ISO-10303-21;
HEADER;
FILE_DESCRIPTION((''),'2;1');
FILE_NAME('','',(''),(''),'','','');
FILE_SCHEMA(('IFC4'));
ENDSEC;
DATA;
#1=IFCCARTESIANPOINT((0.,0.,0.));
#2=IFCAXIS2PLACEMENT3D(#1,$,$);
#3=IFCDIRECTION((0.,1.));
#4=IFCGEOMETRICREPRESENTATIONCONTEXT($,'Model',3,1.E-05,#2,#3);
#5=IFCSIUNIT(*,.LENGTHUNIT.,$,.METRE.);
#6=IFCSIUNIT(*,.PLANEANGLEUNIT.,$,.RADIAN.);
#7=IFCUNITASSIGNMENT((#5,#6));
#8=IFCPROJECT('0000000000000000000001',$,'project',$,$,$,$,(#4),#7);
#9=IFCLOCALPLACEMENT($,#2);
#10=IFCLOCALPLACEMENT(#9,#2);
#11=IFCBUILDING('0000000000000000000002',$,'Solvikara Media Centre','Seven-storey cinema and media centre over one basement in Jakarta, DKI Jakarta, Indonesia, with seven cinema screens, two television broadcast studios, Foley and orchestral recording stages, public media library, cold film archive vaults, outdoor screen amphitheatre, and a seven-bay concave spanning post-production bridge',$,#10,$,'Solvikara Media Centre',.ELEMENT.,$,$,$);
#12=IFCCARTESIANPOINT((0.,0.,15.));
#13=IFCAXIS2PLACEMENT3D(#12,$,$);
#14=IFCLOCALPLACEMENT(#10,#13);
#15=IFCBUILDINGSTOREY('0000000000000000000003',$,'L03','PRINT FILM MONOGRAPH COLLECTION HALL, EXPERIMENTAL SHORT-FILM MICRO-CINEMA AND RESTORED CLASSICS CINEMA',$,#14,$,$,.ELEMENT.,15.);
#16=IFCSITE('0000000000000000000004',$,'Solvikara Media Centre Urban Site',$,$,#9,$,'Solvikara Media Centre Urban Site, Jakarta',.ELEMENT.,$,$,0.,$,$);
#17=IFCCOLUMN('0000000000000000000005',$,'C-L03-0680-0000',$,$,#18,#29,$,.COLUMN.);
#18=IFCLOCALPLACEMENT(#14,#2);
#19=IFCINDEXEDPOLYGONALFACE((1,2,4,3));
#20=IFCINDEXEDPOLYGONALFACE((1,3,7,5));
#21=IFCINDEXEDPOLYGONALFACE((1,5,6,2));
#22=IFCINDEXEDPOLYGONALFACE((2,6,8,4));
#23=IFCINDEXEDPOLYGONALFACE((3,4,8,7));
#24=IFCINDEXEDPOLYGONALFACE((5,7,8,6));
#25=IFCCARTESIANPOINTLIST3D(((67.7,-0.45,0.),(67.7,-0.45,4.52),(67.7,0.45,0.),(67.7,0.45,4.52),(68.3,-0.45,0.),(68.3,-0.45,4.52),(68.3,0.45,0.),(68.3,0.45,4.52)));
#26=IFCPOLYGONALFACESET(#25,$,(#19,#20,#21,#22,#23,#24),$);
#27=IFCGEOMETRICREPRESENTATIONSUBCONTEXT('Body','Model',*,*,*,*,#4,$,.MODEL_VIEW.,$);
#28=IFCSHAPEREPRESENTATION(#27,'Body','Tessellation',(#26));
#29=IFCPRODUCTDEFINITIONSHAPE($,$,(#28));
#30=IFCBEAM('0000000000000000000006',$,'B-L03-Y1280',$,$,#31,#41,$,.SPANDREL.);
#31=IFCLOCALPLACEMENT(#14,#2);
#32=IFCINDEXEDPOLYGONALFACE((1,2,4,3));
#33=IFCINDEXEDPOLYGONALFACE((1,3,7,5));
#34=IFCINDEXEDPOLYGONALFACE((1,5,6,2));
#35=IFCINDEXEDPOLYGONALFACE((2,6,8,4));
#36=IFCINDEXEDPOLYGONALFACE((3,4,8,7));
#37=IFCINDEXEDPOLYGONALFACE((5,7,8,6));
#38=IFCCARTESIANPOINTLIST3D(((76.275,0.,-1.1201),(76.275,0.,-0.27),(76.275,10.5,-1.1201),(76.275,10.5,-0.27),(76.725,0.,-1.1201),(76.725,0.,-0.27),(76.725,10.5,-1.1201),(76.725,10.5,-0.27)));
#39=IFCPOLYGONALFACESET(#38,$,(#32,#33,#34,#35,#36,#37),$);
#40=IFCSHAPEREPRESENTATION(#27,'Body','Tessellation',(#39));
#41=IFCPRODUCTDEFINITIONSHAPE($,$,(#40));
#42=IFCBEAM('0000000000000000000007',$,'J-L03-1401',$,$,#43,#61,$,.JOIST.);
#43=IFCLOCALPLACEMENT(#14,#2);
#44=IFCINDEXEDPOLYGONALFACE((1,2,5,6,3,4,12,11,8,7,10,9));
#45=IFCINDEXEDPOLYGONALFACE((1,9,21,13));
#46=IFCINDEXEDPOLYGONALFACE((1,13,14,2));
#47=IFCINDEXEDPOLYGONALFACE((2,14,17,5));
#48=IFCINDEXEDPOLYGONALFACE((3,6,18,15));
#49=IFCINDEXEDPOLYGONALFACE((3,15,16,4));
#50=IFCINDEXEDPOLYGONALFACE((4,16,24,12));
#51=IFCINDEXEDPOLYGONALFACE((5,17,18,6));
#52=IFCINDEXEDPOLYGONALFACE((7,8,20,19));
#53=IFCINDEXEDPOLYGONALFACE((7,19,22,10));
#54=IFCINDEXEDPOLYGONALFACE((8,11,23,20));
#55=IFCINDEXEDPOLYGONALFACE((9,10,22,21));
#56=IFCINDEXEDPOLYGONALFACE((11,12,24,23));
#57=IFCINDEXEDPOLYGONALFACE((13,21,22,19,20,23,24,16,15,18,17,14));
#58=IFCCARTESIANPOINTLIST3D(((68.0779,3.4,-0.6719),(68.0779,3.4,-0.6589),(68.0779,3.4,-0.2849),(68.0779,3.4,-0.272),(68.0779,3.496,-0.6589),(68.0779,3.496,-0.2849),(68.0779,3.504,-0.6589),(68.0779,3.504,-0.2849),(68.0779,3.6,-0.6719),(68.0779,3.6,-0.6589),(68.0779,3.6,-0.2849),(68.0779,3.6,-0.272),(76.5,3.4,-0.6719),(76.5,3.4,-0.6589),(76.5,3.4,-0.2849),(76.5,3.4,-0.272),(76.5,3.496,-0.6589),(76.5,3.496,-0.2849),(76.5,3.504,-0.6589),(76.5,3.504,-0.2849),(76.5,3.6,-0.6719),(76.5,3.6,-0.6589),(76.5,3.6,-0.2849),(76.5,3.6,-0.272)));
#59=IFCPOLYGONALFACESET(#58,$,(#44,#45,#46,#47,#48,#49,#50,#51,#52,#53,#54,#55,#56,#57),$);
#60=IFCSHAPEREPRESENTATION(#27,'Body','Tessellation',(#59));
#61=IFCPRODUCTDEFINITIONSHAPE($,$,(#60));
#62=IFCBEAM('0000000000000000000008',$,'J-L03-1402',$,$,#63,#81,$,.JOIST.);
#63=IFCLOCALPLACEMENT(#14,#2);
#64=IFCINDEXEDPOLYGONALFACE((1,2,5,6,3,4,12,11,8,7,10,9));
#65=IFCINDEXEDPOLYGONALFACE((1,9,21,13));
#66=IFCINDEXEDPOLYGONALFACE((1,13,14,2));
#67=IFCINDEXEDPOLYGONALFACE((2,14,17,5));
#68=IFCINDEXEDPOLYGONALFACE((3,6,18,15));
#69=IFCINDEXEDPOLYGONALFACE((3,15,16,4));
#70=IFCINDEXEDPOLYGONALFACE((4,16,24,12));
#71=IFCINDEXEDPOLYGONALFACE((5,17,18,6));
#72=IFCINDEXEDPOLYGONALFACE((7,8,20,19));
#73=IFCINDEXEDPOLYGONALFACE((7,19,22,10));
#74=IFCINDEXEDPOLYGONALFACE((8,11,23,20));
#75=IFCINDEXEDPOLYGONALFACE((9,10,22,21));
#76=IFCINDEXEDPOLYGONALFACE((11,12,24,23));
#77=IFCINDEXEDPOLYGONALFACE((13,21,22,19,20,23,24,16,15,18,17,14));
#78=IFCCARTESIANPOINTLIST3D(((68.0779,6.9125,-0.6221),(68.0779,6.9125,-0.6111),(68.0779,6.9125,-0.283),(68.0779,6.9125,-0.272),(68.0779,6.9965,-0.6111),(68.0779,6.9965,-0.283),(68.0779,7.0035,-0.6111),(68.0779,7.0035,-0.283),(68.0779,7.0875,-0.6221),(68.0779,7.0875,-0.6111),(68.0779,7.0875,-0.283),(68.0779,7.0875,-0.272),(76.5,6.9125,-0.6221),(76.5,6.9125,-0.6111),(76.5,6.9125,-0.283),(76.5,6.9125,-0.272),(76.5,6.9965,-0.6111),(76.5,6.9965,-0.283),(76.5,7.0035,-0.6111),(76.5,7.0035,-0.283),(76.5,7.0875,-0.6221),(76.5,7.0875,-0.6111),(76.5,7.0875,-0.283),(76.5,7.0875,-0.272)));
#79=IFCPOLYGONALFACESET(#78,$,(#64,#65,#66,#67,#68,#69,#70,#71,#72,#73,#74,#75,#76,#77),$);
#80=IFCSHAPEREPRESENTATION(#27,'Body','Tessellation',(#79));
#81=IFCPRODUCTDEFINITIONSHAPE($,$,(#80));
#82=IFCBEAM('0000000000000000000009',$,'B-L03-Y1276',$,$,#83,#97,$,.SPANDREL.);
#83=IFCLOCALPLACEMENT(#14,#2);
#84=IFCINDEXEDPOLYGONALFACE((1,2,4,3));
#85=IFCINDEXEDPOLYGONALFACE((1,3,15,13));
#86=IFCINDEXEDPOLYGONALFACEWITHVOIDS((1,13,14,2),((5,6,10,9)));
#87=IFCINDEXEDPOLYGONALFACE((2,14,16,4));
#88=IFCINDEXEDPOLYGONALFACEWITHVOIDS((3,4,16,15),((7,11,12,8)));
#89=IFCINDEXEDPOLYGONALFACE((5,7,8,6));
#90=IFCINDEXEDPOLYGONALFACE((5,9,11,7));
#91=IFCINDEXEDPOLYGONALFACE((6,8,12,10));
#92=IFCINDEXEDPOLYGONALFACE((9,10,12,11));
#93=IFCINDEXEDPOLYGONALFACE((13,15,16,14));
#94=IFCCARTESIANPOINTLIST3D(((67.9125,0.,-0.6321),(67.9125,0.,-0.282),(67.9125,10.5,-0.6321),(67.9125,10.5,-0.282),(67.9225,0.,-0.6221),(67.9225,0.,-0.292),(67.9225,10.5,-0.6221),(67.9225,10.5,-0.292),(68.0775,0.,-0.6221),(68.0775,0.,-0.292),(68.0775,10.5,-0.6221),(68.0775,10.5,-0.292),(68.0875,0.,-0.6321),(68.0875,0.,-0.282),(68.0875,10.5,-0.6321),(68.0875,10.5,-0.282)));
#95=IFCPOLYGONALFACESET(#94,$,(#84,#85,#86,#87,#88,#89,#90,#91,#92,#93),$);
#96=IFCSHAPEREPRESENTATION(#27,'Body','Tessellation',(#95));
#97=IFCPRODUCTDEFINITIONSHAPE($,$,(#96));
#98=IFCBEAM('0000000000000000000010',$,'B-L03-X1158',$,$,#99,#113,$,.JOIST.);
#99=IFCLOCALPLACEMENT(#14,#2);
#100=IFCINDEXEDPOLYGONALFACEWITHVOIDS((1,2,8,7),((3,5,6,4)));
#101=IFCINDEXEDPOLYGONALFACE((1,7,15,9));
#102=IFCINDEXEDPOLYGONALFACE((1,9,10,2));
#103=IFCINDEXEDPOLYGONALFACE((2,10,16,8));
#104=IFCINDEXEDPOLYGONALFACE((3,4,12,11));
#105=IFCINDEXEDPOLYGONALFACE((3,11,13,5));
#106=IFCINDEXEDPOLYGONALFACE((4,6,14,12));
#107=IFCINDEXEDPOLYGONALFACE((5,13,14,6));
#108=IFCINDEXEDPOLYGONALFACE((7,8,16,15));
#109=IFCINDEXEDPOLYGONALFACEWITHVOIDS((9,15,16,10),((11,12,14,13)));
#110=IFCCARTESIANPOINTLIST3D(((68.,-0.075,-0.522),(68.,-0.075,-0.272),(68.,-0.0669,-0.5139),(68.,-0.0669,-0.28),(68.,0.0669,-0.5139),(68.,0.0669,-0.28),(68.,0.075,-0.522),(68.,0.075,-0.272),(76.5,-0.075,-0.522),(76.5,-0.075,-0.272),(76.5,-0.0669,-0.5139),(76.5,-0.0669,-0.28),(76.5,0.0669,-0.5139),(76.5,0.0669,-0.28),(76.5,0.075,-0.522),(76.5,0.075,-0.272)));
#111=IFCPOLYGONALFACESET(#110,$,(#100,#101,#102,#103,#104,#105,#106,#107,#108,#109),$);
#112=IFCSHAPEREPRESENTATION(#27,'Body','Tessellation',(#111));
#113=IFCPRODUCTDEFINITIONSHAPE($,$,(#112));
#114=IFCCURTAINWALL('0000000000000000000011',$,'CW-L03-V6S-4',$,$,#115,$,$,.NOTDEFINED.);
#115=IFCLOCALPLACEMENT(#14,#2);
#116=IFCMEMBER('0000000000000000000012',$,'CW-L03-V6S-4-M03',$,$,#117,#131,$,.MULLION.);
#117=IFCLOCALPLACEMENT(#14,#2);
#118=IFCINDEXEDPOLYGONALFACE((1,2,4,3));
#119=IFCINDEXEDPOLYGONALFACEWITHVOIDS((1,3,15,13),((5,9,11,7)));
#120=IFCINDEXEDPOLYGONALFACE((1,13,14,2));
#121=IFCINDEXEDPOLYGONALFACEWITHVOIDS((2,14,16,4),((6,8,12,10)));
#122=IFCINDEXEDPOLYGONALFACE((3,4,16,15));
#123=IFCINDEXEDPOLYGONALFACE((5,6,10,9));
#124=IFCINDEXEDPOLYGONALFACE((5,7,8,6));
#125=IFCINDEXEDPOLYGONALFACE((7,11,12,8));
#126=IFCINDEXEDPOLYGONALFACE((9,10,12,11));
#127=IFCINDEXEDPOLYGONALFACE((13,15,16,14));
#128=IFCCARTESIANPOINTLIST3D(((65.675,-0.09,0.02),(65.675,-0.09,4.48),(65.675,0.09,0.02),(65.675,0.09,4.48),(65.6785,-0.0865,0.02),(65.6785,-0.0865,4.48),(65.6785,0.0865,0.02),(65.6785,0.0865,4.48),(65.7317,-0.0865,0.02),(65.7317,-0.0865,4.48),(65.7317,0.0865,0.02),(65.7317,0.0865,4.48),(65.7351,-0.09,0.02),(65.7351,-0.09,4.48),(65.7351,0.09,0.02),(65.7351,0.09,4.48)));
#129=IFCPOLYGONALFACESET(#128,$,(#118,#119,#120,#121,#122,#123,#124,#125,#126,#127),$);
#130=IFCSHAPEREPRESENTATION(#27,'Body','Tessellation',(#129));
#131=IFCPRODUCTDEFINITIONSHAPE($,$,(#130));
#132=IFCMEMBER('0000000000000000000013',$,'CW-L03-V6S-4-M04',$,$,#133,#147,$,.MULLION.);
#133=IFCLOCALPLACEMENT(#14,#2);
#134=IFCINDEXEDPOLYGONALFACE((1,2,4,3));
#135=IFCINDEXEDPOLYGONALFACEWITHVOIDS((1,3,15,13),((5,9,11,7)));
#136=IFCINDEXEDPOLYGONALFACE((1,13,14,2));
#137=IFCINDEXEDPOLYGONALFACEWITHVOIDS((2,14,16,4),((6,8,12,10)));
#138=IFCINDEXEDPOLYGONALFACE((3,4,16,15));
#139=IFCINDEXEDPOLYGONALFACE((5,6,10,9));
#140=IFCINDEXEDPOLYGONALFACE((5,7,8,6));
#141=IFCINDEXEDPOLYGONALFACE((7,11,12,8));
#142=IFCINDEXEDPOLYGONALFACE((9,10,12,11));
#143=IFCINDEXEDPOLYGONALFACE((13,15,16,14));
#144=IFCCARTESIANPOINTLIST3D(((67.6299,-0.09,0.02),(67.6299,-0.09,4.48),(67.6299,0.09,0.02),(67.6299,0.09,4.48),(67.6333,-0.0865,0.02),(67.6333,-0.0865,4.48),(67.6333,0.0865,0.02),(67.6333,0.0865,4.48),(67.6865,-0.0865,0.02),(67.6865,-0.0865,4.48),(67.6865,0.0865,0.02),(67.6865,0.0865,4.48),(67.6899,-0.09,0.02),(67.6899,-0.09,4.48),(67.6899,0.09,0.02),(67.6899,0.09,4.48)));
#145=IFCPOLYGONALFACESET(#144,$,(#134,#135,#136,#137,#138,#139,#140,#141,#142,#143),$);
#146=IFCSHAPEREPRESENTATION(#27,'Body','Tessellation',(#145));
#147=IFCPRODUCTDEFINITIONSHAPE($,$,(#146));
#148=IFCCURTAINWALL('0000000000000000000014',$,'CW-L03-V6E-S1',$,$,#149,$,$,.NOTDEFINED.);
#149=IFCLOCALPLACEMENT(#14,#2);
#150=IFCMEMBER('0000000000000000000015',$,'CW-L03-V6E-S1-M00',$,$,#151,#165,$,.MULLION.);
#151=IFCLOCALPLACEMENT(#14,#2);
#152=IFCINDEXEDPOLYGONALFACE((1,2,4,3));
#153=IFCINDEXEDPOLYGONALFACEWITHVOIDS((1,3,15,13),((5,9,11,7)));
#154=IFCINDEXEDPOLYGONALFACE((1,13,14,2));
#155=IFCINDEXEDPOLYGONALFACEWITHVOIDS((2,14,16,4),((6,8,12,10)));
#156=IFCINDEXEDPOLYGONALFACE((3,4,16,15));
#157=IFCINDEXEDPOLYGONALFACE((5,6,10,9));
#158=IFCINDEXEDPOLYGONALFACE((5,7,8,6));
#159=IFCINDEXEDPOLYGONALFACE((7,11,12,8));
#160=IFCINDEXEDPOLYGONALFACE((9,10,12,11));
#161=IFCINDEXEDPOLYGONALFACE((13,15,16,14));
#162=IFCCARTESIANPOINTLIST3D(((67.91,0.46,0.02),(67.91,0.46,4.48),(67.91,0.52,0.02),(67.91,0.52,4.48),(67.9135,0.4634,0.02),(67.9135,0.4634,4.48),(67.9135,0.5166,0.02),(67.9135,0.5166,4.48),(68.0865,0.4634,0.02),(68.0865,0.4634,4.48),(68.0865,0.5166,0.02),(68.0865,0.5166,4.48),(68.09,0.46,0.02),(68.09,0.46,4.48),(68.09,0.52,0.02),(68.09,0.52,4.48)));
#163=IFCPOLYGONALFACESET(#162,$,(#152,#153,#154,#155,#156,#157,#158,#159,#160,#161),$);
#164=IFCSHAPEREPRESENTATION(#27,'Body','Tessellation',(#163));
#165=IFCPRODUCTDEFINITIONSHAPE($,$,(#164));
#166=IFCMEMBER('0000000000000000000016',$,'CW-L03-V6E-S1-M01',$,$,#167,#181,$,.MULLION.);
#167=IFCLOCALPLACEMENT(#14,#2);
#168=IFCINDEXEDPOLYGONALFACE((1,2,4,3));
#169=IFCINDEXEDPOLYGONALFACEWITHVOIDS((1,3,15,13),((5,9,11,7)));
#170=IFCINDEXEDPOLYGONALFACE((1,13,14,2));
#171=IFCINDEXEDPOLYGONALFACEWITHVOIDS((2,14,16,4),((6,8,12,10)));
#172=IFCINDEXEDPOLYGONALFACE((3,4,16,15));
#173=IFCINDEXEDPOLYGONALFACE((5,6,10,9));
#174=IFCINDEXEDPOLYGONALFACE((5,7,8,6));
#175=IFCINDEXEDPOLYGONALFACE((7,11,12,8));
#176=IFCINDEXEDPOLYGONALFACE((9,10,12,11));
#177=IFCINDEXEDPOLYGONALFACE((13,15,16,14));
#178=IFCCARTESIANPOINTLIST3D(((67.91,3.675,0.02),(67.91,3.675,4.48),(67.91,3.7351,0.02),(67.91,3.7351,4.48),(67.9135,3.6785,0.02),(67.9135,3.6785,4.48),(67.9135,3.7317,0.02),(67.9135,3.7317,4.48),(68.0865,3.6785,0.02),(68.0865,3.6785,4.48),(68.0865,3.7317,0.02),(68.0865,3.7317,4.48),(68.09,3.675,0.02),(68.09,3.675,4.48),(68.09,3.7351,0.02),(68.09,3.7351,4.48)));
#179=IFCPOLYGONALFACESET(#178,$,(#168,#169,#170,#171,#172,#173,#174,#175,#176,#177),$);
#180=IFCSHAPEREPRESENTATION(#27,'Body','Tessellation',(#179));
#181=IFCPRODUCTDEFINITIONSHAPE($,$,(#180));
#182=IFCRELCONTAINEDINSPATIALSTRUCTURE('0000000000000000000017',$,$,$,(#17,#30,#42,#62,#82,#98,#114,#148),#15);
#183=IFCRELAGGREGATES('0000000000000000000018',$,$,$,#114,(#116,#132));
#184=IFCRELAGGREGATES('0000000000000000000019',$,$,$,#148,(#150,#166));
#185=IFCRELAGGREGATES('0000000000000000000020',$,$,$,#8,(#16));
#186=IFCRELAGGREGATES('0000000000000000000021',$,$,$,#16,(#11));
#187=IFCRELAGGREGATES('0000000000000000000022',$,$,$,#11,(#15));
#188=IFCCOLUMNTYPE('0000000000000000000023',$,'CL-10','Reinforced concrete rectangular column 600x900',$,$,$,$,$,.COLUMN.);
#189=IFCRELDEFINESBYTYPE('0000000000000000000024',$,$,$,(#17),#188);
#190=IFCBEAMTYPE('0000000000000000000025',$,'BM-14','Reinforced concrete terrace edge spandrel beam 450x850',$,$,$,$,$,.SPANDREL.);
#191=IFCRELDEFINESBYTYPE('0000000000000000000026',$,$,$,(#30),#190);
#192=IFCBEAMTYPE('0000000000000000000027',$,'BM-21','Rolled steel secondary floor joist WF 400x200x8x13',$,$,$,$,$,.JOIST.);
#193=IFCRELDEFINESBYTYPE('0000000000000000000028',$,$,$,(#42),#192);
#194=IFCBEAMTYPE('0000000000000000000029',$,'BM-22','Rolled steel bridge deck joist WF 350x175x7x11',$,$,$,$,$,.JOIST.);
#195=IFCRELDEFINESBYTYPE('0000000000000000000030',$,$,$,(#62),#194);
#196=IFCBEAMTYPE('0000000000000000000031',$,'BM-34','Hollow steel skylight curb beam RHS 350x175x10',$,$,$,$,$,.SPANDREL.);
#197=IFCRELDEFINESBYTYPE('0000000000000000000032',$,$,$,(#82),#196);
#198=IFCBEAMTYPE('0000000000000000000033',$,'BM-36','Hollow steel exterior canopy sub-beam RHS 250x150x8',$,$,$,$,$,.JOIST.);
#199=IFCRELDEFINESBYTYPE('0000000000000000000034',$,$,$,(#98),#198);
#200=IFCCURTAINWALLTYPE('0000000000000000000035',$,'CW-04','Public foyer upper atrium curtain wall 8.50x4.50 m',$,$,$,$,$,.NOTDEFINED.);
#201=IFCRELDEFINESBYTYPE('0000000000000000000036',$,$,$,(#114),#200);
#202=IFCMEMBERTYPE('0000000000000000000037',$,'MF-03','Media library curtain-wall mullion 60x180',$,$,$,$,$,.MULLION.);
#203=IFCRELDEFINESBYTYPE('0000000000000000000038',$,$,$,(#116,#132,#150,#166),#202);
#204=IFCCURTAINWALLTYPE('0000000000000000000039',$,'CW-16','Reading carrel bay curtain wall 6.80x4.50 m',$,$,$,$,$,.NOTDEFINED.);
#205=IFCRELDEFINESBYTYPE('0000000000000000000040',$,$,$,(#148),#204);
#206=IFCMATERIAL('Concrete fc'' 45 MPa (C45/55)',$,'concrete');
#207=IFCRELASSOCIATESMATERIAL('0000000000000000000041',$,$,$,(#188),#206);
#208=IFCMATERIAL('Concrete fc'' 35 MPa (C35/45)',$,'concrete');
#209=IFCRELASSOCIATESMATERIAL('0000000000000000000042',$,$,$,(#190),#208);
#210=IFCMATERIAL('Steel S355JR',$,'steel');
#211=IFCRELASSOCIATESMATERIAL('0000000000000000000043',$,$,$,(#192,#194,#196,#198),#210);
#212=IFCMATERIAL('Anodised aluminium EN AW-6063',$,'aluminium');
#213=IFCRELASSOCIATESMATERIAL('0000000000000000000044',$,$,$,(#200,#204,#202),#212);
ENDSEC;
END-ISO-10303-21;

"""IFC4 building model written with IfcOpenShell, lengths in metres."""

from ifc_helpers import new_model, si_unit, direction, frame, origin, origin_2d, place, context, subcontext, project, spatial, rectangle, hollow_rectangle, i_section, extrude, material, material_profile, profile_set, type_object, element, aggregate, save


model = new_model("IFC4")

# Units and contexts
model_context = context("Model", 3, precision=1e-05, world=origin(), true_north=direction((0.0, 1.0)))
body_context = subcontext(model_context, "Body", "Model", "MODEL_VIEW")
ifc_project = project(units=[si_unit("LENGTHUNIT", "METRE"), si_unit("PLANEANGLEUNIT", "RADIAN")], contexts=[model_context])

# Site, building, storey
site_placement = place(None, origin())
site = spatial("IfcSite", under=ifc_project, at=site_placement, Name="Solvikara Media Centre Urban Site", LongName="Solvikara Media Centre Urban Site, Jakarta", CompositionType="ELEMENT", RefElevation=0.0)
building_placement = place(site_placement, origin())
building = spatial("IfcBuilding", under=site, at=building_placement, Name="Solvikara Media Centre", Description="Seven-storey cinema and media centre over one basement in Jakarta, DKI Jakarta, Indonesia, with seven cinema screens, two television broadcast studios, Foley and orchestral recording stages, public media library, cold film archive vaults, outdoor screen amphitheatre, and a seven-bay concave spanning post-production bridge", LongName="Solvikara Media Centre", CompositionType="ELEMENT")
storey_placement = place(building_placement, frame((0.0, 0.0, 15.0)))
storey = spatial("IfcBuildingStorey", under=building, at=storey_placement, Name="L03", Description="PRINT FILM MONOGRAPH COLLECTION HALL, EXPERIMENTAL SHORT-FILM MICRO-CINEMA AND RESTORED CLASSICS CINEMA", CompositionType="ELEMENT", Elevation=15.0)

# Column
ifc_material_1 = material(Name="Concrete fc' 45 MPa (C45/55)", Category="concrete")
ifc_material_profile_1 = material_profile(ifc_material_1, rectangle(XDim=0.6001, YDim=0.8999, at=origin_2d()), Name="RC 600x900")
ifc_profile_set_1 = profile_set([ifc_material_profile_1], Name="Concrete fc' 45 MPa (C45/55)")
column_type = type_object("IfcColumnType", Name="CL-10", Description="Reinforced concrete rectangular column 600x900", PredefinedType="COLUMN", material=ifc_profile_set_1)
column_placement = place(storey_placement, frame((68.0, 0.0, 0.0), z_axis=(0.0, 0.0, 1.0), x_axis=(1.0, 0.0, 0.0)))
element("IfcColumn", 1, at=column_placement, inside=storey, type_object=column_type, Name="C-L03-0680-0000", PredefinedType="COLUMN", context=body_context, shape_type="SweptSolid", body=[
    extrude(rectangle(XDim=0.6001, YDim=0.8999, at=origin_2d()), origin(), (0.0, 0.0, 1.0), 4.52),
])

# Beams
ifc_material_2 = material(Name="Concrete fc' 35 MPa (C35/45)", Category="concrete")
ifc_material_profile_2 = material_profile(ifc_material_2, rectangle(XDim=0.45, YDim=0.8501, at=origin_2d()), Name="RC 450x850")
ifc_profile_set_2 = profile_set([ifc_material_profile_2], Name="Concrete fc' 35 MPa (C35/45)")
beam_type_1 = type_object("IfcBeamType", Name="BM-14", Description="Reinforced concrete terrace edge spandrel beam 450x850", PredefinedType="SPANDREL", material=ifc_profile_set_2)
beam_1_placement = place(storey_placement, frame((76.5, 0.0, -0.6951), z_axis=(0.0, 1.0, 0.0), x_axis=(-1.0, 0.0, 0.0)))
element("IfcBeam", 2, at=beam_1_placement, inside=storey, type_object=beam_type_1, Name="B-L03-Y1280", PredefinedType="SPANDREL", context=body_context, shape_type="SweptSolid", body=[
    extrude(rectangle(XDim=0.45, YDim=0.8501, at=origin_2d()), origin(), (0.0, 0.0, 1.0), 10.5),
])
ifc_material_3 = material(Name="Steel S355JR", Category="steel")
ifc_material_profile_3 = material_profile(ifc_material_3, i_section(OverallWidth=0.2, OverallDepth=0.3999, WebThickness=0.0081, FlangeThickness=0.0129, at=origin_2d()), Name="WF 400x200x8x13")
ifc_profile_set_3 = profile_set([ifc_material_profile_3], Name="Steel S355JR")
beam_type_2 = type_object("IfcBeamType", Name="BM-21", Description="Rolled steel secondary floor joist WF 400x200x8x13", PredefinedType="JOIST", material=ifc_profile_set_3)
beam_2_placement = place(storey_placement, frame((68.0779, 3.5, -0.4719), z_axis=(1.0, 0.0, 0.0), x_axis=(0.0, 1.0, 0.0)))
element("IfcBeam", 3, at=beam_2_placement, inside=storey, type_object=beam_type_2, Name="J-L03-1401", PredefinedType="JOIST", context=body_context, shape_type="SweptSolid", body=[
    extrude(i_section(OverallWidth=0.2, OverallDepth=0.3999, WebThickness=0.0081, FlangeThickness=0.0129, at=origin_2d()), origin(), (0.0, 0.0, 1.0), 8.4221),
])
ifc_material_profile_4 = material_profile(ifc_material_3, i_section(OverallWidth=0.175, OverallDepth=0.3501, WebThickness=0.0071, FlangeThickness=0.011, at=origin_2d()), Name="WF 350x175x7x11")
ifc_profile_set_4 = profile_set([ifc_material_profile_4], Name="Steel S355JR")
beam_type_3 = type_object("IfcBeamType", Name="BM-22", Description="Rolled steel bridge deck joist WF 350x175x7x11", PredefinedType="JOIST", material=ifc_profile_set_4)
beam_3_placement = place(storey_placement, frame((68.0779, 7.0, -0.447), z_axis=(1.0, 0.0, 0.0), x_axis=(0.0, 1.0, 0.0)))
element("IfcBeam", 4, at=beam_3_placement, inside=storey, type_object=beam_type_3, Name="J-L03-1402", PredefinedType="JOIST", context=body_context, shape_type="SweptSolid", body=[
    extrude(i_section(OverallWidth=0.175, OverallDepth=0.3501, WebThickness=0.0071, FlangeThickness=0.011, at=origin_2d()), origin(), (0.0, 0.0, 1.0), 8.4221),
])
ifc_material_profile_5 = material_profile(ifc_material_3, hollow_rectangle(XDim=0.175, YDim=0.3501, WallThickness=0.01, at=origin_2d()), Name="RHS 350x175x10")
ifc_profile_set_5 = profile_set([ifc_material_profile_5], Name="Steel S355JR")
beam_type_4 = type_object("IfcBeamType", Name="BM-34", Description="Hollow steel skylight curb beam RHS 350x175x10", PredefinedType="SPANDREL", material=ifc_profile_set_5)
beam_4_placement = place(storey_placement, frame((68.0, 0.0, -0.457), z_axis=(0.0, 1.0, 0.0), x_axis=(-1.0, 0.0, 0.0)))
element("IfcBeam", 5, at=beam_4_placement, inside=storey, type_object=beam_type_4, Name="B-L03-Y1276", PredefinedType="SPANDREL", context=body_context, shape_type="SweptSolid", body=[
    extrude(hollow_rectangle(XDim=0.175, YDim=0.3501, WallThickness=0.01, at=origin_2d()), origin(), (0.0, 0.0, 1.0), 10.5),
])
ifc_material_profile_6 = material_profile(ifc_material_3, hollow_rectangle(XDim=0.1499, YDim=0.25, WallThickness=0.0081, at=origin_2d()), Name="RHS 250x150x8")
ifc_profile_set_6 = profile_set([ifc_material_profile_6], Name="Steel S355JR")
beam_type_5 = type_object("IfcBeamType", Name="BM-36", Description="Hollow steel exterior canopy sub-beam RHS 250x150x8", PredefinedType="JOIST", material=ifc_profile_set_6)
beam_5_placement = place(storey_placement, frame((68.0, 0.0, -0.397), z_axis=(1.0, 0.0, 0.0), x_axis=(0.0, 1.0, 0.0)))
element("IfcBeam", 6, at=beam_5_placement, inside=storey, type_object=beam_type_5, Name="B-L03-X1158", PredefinedType="JOIST", context=body_context, shape_type="SweptSolid", body=[
    extrude(hollow_rectangle(XDim=0.1499, YDim=0.25, WallThickness=0.0081, at=origin_2d()), origin(), (0.0, 0.0, 1.0), 8.5),
])

# Curtain walls, members
ifc_material_4 = material(Name="Anodised aluminium EN AW-6063", Category="aluminium")
curtain_wall_type_1 = type_object("IfcCurtainWallType", Name="CW-04", Description="Public foyer upper atrium curtain wall 8.50x4.50 m", PredefinedType="NOTDEFINED", material=ifc_material_4)
curtain_wall_1_placement = place(storey_placement, origin())
curtain_wall_1 = element("IfcCurtainWall", 7, at=curtain_wall_1_placement, inside=storey, type_object=curtain_wall_type_1, Name="CW-L03-V6S-4", PredefinedType="NOTDEFINED")
ifc_material_profile_7 = material_profile(ifc_material_4, hollow_rectangle(XDim=0.0601, YDim=0.1799, WallThickness=0.0034, at=origin_2d()), Name="ALU-M 60x180x3.5")
ifc_profile_set_7 = profile_set([ifc_material_profile_7], Name="Anodised aluminium EN AW-6063")
member_type_1 = type_object("IfcMemberType", Name="MF-03", Description="Media library curtain-wall mullion 60x180", PredefinedType="MULLION", material=ifc_profile_set_7)
member_1_placement = place(storey_placement, frame((65.7051, 0.0, 0.02), z_axis=(0.0, 0.0, 1.0), x_axis=(1.0, 0.0, 0.0)))
member_1 = element("IfcMember", 8, at=member_1_placement, type_object=member_type_1, Name="CW-L03-V6S-4-M03", PredefinedType="MULLION", context=body_context, shape_type="SweptSolid", body=[
    extrude(hollow_rectangle(XDim=0.0601, YDim=0.1799, WallThickness=0.0034, at=origin_2d()), origin(), (0.0, 0.0, 1.0), 4.46),
])
member_2_placement = place(storey_placement, frame((67.6599, 0.0, 0.02), z_axis=(0.0, 0.0, 1.0), x_axis=(1.0, 0.0, 0.0)))
member_2 = element("IfcMember", 9, at=member_2_placement, type_object=member_type_1, Name="CW-L03-V6S-4-M04", PredefinedType="MULLION", context=body_context, shape_type="SweptSolid", body=[
    extrude(hollow_rectangle(XDim=0.0601, YDim=0.1799, WallThickness=0.0034, at=origin_2d()), origin(), (0.0, 0.0, 1.0), 4.46),
])
curtain_wall_type_2 = type_object("IfcCurtainWallType", Name="CW-16", Description="Reading carrel bay curtain wall 6.80x4.50 m", PredefinedType="NOTDEFINED", material=ifc_material_4)
curtain_wall_2_placement = place(storey_placement, origin())
curtain_wall_2 = element("IfcCurtainWall", 10, at=curtain_wall_2_placement, inside=storey, type_object=curtain_wall_type_2, Name="CW-L03-V6E-S1", PredefinedType="NOTDEFINED")
member_3_placement = place(storey_placement, frame((68.0, 0.49, 0.02), z_axis=(0.0, 0.0, 1.0), x_axis=(0.0, 1.0, 0.0)))
member_3 = element("IfcMember", 11, at=member_3_placement, type_object=member_type_1, Name="CW-L03-V6E-S1-M00", PredefinedType="MULLION", context=body_context, shape_type="SweptSolid", body=[
    extrude(hollow_rectangle(XDim=0.0601, YDim=0.1799, WallThickness=0.0034, at=origin_2d()), origin(), (0.0, 0.0, 1.0), 4.46),
])
member_4_placement = place(storey_placement, frame((68.0, 3.7051, 0.02), z_axis=(0.0, 0.0, 1.0), x_axis=(0.0, 1.0, 0.0)))
member_4 = element("IfcMember", 12, at=member_4_placement, type_object=member_type_1, Name="CW-L03-V6E-S1-M01", PredefinedType="MULLION", context=body_context, shape_type="SweptSolid", body=[
    extrude(hollow_rectangle(XDim=0.0601, YDim=0.1799, WallThickness=0.0034, at=origin_2d()), origin(), (0.0, 0.0, 1.0), 4.46),
])

aggregate(curtain_wall_1, [member_1, member_2])
aggregate(curtain_wall_2, [member_3, member_4])

save(model, "model.ifc")
